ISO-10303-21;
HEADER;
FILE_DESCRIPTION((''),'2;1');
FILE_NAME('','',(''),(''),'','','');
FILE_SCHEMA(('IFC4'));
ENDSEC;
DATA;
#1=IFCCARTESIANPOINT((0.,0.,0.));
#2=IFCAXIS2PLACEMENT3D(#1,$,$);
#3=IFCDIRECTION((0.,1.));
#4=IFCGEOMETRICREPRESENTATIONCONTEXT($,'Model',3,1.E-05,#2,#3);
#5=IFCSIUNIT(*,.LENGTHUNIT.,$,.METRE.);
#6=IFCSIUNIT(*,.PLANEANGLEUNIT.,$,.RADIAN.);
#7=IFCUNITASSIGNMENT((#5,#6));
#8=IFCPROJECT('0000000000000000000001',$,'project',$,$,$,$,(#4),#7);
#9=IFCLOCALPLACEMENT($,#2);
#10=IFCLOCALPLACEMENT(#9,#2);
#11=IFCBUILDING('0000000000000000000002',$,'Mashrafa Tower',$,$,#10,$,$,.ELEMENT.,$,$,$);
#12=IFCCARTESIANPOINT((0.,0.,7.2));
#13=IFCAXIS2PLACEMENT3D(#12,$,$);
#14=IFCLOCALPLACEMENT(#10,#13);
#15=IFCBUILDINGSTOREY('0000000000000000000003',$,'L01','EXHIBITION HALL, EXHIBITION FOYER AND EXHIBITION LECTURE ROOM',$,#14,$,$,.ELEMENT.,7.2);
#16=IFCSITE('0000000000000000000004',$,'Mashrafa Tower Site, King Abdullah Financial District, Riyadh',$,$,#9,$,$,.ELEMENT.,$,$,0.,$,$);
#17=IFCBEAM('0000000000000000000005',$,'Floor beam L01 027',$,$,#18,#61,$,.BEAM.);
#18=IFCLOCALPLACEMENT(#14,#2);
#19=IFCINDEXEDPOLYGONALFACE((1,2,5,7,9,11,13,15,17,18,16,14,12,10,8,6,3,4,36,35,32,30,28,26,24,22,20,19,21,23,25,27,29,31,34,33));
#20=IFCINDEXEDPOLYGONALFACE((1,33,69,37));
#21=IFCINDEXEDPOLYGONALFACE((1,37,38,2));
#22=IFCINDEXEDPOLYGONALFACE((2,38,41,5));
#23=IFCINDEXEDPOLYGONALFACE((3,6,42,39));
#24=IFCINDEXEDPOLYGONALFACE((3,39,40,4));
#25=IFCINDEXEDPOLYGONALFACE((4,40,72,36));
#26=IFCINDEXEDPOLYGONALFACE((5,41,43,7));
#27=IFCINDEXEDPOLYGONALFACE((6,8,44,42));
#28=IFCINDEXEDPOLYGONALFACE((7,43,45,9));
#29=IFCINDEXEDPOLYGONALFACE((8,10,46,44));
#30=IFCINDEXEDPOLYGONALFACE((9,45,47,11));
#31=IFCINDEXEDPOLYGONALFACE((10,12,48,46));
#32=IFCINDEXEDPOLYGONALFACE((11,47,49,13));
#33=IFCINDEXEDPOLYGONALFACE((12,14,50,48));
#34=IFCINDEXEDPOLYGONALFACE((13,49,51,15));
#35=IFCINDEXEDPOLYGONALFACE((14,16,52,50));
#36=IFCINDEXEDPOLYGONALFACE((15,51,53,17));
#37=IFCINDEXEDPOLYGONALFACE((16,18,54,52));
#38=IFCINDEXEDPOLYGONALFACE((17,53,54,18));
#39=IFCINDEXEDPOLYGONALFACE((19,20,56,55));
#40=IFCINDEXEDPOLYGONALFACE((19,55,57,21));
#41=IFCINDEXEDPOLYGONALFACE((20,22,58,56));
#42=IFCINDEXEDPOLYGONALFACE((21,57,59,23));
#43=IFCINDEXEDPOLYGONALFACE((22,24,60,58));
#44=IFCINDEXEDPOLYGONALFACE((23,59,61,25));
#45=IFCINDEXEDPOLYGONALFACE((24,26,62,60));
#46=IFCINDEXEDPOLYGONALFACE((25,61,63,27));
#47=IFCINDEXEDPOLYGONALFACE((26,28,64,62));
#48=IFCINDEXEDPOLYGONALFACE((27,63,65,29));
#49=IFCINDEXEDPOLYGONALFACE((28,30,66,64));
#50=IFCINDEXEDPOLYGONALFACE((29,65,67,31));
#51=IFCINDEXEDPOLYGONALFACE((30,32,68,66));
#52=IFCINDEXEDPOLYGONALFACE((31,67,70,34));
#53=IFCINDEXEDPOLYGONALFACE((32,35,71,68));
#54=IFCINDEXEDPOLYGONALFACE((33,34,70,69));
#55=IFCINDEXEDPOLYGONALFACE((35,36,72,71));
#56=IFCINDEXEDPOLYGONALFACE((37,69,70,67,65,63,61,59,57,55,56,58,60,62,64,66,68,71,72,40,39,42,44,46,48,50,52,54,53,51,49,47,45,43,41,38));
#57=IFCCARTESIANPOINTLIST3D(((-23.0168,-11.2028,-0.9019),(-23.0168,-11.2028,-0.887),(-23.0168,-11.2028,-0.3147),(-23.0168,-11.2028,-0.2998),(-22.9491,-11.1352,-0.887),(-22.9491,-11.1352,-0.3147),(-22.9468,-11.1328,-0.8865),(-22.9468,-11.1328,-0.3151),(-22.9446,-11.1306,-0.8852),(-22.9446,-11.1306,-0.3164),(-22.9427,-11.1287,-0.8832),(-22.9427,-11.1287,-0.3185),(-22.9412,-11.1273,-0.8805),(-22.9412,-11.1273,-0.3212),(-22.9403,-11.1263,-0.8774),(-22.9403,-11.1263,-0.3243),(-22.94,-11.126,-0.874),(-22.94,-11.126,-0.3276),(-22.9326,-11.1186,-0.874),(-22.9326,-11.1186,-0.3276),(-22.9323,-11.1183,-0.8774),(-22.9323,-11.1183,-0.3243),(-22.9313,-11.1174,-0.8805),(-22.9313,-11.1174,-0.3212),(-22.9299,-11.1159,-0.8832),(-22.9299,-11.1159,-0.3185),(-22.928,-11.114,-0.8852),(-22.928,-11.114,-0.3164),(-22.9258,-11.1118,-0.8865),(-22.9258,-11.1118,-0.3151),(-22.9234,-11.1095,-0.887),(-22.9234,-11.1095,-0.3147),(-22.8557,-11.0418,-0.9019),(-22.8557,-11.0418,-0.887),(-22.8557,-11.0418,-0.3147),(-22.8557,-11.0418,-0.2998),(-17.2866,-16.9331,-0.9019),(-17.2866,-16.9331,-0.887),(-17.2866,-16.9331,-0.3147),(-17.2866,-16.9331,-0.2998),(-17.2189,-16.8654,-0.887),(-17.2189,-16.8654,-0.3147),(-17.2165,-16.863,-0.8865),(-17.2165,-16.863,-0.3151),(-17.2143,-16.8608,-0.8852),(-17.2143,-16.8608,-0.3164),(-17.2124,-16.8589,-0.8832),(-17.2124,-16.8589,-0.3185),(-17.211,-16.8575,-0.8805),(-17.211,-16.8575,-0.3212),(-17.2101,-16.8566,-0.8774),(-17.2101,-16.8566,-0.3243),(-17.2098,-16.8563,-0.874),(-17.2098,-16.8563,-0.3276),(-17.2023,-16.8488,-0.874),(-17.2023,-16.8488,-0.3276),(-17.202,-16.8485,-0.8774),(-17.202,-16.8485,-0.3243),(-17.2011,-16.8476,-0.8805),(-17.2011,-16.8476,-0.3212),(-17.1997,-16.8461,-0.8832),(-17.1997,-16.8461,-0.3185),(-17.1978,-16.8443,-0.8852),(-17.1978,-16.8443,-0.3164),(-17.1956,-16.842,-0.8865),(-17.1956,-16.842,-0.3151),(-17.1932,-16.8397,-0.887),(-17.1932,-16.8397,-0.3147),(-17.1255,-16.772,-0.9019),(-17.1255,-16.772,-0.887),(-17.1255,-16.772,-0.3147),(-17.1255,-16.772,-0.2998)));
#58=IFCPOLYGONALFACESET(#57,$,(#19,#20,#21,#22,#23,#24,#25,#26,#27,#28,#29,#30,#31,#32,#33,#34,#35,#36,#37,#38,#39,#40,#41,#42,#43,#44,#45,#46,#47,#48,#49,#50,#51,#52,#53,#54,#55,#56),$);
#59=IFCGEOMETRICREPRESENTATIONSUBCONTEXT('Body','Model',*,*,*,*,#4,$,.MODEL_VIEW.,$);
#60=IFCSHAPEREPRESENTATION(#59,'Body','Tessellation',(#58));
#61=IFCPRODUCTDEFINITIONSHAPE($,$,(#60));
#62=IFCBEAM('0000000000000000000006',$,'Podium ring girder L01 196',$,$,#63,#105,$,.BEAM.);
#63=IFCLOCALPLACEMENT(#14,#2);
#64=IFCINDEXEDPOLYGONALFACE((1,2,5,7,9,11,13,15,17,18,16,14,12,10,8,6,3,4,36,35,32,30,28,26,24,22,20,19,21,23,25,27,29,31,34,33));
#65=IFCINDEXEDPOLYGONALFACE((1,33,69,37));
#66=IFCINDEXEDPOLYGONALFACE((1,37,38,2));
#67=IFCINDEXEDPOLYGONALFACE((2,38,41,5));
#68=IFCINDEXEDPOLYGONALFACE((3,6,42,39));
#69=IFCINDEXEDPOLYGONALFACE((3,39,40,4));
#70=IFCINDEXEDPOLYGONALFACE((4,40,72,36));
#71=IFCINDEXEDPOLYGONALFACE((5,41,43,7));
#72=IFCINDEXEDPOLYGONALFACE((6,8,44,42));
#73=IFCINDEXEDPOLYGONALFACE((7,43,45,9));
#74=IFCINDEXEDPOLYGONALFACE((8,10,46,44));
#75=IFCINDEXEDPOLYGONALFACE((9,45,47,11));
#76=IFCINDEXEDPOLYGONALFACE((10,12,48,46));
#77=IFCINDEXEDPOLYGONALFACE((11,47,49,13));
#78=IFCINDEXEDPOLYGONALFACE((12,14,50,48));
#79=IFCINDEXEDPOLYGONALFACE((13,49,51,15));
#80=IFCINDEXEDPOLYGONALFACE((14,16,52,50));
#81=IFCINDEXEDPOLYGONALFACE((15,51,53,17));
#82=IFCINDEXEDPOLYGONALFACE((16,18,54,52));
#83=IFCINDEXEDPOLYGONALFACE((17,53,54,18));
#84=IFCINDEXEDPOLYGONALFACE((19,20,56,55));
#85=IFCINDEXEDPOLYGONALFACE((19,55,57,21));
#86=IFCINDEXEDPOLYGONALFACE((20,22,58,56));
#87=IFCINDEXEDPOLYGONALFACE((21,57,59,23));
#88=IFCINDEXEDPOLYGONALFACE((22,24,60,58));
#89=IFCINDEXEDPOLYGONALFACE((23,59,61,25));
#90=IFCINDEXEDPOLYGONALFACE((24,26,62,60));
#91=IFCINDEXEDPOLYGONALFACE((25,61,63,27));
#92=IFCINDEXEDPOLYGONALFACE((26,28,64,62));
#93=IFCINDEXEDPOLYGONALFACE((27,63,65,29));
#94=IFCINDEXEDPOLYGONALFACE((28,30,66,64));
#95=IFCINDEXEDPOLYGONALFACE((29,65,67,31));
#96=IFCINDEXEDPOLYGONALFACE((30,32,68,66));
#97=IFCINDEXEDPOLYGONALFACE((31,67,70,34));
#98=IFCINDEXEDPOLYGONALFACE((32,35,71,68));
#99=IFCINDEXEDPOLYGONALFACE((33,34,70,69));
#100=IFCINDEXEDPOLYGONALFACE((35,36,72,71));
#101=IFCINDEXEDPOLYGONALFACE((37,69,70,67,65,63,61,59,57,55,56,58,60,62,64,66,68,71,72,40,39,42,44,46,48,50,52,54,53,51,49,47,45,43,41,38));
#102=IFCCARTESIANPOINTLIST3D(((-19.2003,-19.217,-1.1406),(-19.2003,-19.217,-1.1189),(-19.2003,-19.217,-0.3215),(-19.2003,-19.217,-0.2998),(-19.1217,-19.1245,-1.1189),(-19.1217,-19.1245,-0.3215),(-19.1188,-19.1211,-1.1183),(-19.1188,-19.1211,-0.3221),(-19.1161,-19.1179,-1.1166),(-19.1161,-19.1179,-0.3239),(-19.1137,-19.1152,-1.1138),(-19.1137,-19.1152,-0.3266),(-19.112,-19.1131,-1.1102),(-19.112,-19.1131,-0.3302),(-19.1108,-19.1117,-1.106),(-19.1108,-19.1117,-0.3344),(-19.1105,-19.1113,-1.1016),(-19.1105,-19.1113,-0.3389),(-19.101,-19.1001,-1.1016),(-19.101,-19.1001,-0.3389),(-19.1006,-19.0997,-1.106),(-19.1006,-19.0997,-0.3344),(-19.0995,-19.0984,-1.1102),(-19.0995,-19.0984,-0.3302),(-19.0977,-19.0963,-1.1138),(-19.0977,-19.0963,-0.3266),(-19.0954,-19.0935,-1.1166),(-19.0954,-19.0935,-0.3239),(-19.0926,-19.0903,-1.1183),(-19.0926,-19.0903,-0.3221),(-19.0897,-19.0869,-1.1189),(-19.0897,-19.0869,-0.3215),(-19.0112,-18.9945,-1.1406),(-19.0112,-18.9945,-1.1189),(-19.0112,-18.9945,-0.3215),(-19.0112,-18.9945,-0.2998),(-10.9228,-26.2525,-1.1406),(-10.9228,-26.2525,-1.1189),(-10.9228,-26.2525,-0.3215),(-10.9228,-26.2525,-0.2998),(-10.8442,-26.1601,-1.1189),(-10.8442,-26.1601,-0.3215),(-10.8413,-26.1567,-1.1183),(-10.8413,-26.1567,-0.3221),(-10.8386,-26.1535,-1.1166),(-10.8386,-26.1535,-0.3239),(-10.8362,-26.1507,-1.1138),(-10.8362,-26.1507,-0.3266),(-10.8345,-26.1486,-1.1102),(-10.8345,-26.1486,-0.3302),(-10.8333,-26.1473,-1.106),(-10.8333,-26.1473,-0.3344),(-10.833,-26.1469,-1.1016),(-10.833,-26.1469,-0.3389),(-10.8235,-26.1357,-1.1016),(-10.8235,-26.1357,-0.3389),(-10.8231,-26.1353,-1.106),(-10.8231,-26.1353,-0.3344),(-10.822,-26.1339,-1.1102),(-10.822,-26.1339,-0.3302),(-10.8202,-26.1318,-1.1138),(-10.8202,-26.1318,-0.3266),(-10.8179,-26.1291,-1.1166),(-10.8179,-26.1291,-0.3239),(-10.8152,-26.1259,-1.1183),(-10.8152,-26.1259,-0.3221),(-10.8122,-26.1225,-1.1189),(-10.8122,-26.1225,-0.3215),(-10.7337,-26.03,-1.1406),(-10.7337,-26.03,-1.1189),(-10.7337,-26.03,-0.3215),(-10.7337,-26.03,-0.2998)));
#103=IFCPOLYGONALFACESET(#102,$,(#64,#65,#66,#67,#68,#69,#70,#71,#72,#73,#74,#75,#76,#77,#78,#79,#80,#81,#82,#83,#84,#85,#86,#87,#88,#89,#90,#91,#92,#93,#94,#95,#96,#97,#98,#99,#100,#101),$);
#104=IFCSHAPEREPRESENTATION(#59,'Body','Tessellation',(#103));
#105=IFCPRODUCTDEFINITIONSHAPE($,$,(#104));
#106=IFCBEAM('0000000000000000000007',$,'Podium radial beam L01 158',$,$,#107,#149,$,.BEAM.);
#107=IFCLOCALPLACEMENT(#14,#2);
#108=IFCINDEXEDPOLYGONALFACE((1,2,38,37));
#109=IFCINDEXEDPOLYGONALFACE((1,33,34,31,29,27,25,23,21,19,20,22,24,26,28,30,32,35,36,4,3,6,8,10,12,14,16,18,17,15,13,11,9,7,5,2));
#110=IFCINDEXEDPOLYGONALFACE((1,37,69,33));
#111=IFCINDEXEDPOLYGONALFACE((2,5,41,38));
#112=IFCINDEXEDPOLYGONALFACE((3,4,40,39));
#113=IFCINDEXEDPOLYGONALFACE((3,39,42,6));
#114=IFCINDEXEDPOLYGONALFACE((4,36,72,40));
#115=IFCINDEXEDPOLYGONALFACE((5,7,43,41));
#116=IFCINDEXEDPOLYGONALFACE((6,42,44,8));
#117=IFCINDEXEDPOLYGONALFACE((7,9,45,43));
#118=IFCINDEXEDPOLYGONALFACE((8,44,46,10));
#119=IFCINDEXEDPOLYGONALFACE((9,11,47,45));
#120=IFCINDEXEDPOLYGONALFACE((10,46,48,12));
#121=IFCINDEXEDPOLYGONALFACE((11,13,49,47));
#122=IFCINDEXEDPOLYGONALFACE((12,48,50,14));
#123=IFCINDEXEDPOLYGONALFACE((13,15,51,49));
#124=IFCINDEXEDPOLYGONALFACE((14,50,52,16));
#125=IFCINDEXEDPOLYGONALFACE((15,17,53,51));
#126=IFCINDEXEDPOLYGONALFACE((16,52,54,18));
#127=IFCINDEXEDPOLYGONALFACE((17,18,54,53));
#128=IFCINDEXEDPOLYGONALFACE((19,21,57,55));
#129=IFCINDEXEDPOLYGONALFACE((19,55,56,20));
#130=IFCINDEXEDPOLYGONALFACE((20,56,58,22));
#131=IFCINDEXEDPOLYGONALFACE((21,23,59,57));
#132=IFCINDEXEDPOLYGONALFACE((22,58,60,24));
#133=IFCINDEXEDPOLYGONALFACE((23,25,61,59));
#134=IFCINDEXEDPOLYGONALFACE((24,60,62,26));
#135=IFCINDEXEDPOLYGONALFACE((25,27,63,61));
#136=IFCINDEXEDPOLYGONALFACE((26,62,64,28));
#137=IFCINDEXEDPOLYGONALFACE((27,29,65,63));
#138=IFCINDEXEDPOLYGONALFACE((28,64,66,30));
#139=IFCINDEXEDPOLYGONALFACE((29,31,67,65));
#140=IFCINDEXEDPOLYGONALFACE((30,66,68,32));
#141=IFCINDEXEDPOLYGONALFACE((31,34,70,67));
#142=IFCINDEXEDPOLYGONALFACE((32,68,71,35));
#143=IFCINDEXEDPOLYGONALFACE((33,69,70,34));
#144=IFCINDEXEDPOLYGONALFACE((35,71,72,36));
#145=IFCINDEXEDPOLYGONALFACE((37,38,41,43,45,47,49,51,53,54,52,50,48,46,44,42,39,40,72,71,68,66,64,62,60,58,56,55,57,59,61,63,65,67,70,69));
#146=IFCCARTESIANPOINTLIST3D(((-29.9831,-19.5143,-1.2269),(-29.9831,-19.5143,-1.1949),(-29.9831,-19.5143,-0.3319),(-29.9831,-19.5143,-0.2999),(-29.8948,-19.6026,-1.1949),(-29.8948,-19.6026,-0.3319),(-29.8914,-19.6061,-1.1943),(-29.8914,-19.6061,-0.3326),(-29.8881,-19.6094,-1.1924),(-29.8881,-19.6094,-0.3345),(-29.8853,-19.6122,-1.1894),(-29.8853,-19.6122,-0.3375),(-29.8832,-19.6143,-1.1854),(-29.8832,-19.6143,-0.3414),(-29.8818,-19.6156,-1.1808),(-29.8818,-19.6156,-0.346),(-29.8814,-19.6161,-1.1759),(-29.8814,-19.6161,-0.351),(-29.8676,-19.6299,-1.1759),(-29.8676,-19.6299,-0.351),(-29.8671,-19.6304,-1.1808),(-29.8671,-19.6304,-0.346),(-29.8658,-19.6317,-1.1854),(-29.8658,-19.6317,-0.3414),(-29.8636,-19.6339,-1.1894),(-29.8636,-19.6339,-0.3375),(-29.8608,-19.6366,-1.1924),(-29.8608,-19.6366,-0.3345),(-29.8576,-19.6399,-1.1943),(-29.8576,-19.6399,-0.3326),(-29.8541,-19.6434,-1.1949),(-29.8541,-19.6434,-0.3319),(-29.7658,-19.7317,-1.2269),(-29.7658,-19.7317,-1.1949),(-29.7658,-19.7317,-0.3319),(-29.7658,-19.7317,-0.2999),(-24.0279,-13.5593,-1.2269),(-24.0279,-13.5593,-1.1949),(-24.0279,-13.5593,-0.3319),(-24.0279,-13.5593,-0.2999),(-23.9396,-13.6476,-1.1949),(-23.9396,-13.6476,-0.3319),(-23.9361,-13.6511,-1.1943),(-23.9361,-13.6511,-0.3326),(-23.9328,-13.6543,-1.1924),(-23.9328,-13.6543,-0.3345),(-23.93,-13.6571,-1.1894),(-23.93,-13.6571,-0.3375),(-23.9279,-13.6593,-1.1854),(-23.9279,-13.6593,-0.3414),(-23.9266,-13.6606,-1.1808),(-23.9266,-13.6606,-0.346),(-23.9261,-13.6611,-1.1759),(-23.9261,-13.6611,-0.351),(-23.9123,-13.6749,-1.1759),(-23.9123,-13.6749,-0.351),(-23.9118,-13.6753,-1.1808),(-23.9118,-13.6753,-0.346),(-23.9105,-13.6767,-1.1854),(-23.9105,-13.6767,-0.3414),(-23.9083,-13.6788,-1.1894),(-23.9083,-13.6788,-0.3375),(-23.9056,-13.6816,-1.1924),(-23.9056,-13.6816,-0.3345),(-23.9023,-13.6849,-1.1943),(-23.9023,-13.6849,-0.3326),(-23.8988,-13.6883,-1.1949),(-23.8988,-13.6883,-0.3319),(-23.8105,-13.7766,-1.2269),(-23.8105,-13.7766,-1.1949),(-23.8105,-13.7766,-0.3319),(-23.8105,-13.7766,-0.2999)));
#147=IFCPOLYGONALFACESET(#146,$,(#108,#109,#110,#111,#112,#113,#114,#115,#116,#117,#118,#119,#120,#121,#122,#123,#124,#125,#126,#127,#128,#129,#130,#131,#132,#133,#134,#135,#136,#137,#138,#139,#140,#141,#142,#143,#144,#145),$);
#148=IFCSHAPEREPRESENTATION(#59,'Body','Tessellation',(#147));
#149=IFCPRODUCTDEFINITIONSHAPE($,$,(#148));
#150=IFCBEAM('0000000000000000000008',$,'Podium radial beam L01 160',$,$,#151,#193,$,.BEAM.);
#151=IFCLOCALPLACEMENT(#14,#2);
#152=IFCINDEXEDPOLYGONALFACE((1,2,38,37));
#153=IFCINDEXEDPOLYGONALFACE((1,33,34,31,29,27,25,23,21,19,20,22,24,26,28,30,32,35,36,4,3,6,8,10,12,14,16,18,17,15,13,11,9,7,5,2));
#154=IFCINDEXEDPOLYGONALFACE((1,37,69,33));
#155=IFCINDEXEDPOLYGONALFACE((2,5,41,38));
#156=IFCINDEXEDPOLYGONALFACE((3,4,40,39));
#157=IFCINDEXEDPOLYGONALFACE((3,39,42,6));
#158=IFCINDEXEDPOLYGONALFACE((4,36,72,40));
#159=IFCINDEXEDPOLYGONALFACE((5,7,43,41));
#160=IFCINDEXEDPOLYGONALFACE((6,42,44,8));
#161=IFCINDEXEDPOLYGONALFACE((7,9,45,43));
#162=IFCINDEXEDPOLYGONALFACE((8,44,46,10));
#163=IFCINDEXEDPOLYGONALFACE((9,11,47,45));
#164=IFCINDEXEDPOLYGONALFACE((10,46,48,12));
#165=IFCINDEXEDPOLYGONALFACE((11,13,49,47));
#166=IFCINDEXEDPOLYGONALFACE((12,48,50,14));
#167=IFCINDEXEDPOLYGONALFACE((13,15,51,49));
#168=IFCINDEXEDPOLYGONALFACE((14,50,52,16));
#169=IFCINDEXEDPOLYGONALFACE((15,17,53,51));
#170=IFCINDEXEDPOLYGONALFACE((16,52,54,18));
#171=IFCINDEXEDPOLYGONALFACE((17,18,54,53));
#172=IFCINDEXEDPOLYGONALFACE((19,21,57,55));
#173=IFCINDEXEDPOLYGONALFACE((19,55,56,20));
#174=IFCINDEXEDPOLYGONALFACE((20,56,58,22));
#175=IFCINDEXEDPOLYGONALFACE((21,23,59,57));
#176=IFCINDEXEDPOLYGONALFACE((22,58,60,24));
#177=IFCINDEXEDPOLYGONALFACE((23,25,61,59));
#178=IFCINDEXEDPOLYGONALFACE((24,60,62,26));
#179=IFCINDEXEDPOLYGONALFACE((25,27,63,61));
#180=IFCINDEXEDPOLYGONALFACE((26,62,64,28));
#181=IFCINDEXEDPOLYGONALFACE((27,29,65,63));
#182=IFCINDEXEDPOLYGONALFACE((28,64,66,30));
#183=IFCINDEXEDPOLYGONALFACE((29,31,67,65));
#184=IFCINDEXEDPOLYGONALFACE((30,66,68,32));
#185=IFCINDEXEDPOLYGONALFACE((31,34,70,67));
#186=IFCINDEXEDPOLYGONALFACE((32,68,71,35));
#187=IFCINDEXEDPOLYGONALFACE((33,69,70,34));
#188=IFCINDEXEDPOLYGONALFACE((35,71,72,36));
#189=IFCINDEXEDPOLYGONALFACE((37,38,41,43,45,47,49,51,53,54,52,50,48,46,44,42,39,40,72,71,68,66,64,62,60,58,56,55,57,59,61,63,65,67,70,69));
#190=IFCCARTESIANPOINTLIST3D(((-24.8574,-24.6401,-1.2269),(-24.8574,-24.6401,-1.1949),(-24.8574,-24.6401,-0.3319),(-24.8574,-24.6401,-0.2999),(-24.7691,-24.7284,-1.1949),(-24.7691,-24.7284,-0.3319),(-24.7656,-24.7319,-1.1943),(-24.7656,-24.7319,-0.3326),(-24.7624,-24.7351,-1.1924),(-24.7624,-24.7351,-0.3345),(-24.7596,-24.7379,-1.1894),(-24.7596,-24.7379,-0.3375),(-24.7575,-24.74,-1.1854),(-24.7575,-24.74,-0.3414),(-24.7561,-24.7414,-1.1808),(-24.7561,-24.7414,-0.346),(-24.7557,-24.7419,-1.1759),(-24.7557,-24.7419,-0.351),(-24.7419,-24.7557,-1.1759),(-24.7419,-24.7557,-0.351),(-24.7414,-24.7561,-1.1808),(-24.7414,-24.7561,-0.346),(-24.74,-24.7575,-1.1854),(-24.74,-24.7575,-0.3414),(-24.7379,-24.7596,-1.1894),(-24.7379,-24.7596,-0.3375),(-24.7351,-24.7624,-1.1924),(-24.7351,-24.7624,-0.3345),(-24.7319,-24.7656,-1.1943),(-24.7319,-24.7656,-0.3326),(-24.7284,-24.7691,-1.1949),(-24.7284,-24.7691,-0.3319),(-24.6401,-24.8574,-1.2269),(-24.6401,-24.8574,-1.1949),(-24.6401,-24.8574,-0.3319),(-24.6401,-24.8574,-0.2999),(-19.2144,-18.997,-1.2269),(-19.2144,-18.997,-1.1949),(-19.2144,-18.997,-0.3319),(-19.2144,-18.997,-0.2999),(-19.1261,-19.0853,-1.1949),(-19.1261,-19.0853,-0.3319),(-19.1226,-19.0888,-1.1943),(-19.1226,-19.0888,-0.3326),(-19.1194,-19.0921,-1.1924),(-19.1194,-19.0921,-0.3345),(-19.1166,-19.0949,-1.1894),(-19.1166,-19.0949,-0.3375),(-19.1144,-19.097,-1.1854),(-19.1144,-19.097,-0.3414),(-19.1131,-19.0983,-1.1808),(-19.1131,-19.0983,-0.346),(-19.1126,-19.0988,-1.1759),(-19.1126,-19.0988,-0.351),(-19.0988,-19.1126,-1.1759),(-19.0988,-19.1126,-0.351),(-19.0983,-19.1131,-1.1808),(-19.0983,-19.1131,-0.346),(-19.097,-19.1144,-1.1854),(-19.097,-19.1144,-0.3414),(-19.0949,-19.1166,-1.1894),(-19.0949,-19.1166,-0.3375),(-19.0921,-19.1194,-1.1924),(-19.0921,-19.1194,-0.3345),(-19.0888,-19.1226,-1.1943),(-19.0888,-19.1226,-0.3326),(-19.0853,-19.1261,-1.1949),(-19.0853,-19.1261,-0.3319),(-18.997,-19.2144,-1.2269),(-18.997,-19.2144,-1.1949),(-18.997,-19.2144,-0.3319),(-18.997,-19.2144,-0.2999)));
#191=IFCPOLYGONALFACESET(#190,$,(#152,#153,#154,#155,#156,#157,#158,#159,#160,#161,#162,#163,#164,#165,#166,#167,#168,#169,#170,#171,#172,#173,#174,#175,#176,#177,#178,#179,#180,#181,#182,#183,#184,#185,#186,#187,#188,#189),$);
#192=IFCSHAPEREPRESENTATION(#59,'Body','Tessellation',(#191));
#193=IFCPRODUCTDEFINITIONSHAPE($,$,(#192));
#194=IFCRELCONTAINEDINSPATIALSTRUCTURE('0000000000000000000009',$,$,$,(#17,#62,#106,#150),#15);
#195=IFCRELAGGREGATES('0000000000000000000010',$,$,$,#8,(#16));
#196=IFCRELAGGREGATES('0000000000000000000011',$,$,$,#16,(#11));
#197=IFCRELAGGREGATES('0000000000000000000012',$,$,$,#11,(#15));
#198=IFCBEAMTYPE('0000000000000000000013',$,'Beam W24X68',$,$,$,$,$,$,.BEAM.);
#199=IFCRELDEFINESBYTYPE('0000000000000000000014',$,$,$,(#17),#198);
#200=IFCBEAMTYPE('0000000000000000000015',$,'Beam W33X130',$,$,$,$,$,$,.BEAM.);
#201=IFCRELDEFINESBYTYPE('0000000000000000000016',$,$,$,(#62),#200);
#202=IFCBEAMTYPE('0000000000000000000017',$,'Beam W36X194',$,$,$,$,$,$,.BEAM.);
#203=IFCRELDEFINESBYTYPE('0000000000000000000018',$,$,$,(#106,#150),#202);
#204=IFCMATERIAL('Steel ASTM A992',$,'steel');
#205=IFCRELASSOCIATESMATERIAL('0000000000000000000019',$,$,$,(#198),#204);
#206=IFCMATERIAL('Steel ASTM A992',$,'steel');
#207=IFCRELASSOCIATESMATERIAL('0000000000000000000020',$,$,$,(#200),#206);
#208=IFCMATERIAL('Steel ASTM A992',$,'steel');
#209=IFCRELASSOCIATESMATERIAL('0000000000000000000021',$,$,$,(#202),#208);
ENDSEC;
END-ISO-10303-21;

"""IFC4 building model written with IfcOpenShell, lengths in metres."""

from ifc_helpers import new_model, si_unit, direction, frame, origin, origin_2d, place, context, subcontext, project, spatial, i_section, extrude, material, material_profile, profile_set, type_object, element, save


model = new_model("IFC4")

# Units and contexts
model_context = context("Model", 3, precision=1e-05, world=origin(), true_north=direction((0.0, 1.0)))
body_context = subcontext(model_context, "Body", "Model", "MODEL_VIEW")
ifc_project = project(units=[si_unit("LENGTHUNIT", "METRE"), si_unit("PLANEANGLEUNIT", "RADIAN")], contexts=[model_context])

# Site, building, storey
site_placement = place(None, origin())
site = spatial("IfcSite", under=ifc_project, at=site_placement, Name="Mashrafa Tower Site, King Abdullah Financial District, Riyadh", CompositionType="ELEMENT", RefElevation=0.0)
building_placement = place(site_placement, origin())
building = spatial("IfcBuilding", under=site, at=building_placement, Name="Mashrafa Tower", CompositionType="ELEMENT")
storey_placement = place(building_placement, frame((0.0, 0.0, 7.2)))
storey = spatial("IfcBuildingStorey", under=building, at=storey_placement, Name="L01", Description="EXHIBITION HALL, EXHIBITION FOYER AND EXHIBITION LECTURE ROOM", CompositionType="ELEMENT", Elevation=7.2)

# Beams
ifc_material_1 = material(Name="Steel ASTM A992", Category="steel")
ifc_material_profile_1 = material_profile(ifc_material_1, i_section(OverallWidth=0.2278, OverallDepth=0.6021, WebThickness=0.0105, FlangeThickness=0.0149, FilletRadius=0.0129, at=origin_2d()), Name="W24X68")
ifc_profile_set_1 = profile_set([ifc_material_profile_1], Name="Steel ASTM A992")
beam_type_1 = type_object("IfcBeamType", Name="Beam W24X68", PredefinedType="BEAM", material=ifc_profile_set_1)
beam_1_placement = place(storey_placement, frame((-17.2061, -16.8525, -0.6008), z_axis=(-0.707107, 0.707107, 0.0), x_axis=(-0.707107, -0.707107, 0.0)))
element("IfcBeam", 1, at=beam_1_placement, inside=storey, type_object=beam_type_1, Name="Floor beam L01 027", PredefinedType="BEAM", context=body_context, shape_type="SweptSolid", body=[
    extrude(i_section(OverallWidth=0.2278, OverallDepth=0.6021, WebThickness=0.0105, FlangeThickness=0.0149, FilletRadius=0.0129, at=origin_2d()), origin(), (0.0, 0.0, 1.0), 8.1038),
])
ifc_material_2 = material(Name="Steel ASTM A992", Category="steel")
ifc_material_profile_2 = material_profile(ifc_material_2, i_section(OverallWidth=0.292, OverallDepth=0.8408, WebThickness=0.0146, FlangeThickness=0.0217, FilletRadius=0.0173, at=origin_2d()), Name="W33X130")
ifc_profile_set_2 = profile_set([ifc_material_profile_2], Name="Steel ASTM A992")
beam_type_2 = type_object("IfcBeamType", Name="Beam W33X130", PredefinedType="BEAM", material=ifc_profile_set_2)
beam_2_placement = place(storey_placement, frame((-19.1057, -19.1057, -0.7202), z_axis=(0.761953, -0.647632, 0.0), x_axis=(0.647632, 0.761953, 0.0)))
element("IfcBeam", 2, at=beam_2_placement, inside=storey, type_object=beam_type_2, Name="Podium ring girder L01 196", PredefinedType="BEAM", context=body_context, shape_type="SweptSolid", body=[
    extrude(i_section(OverallWidth=0.292, OverallDepth=0.8408, WebThickness=0.0146, FlangeThickness=0.0217, FilletRadius=0.0173, at=origin_2d()), origin(), (0.0, 0.0, 1.0), 10.8635),
])
ifc_material_3 = material(Name="Steel ASTM A992", Category="steel")
ifc_material_profile_3 = material_profile(ifc_material_3, i_section(OverallWidth=0.3074, OverallDepth=0.927, WebThickness=0.0195, FlangeThickness=0.032, FilletRadius=0.019, at=origin_2d()), Name="W36X194")
ifc_profile_set_3 = profile_set([ifc_material_profile_3], Name="Steel ASTM A992")
beam_type_3 = type_object("IfcBeamType", Name="Beam W36X194", PredefinedType="BEAM", material=ifc_profile_set_3)
beam_3_placement = place(storey_placement, frame((-23.9192, -13.668, -0.7634), z_axis=(-0.707121, -0.707092, 0.0), x_axis=(0.707092, -0.707121, 0.0)))
element("IfcBeam", 3, at=beam_3_placement, inside=storey, type_object=beam_type_3, Name="Podium radial beam L01 158", PredefinedType="BEAM", context=body_context, shape_type="SweptSolid", body=[
    extrude(i_section(OverallWidth=0.3074, OverallDepth=0.927, WebThickness=0.0195, FlangeThickness=0.032, FilletRadius=0.019, at=origin_2d()), origin(), (0.0, 0.0, 1.0), 8.4219),
])
beam_4_placement = place(storey_placement, frame((-19.1057, -19.1057, -0.7634), z_axis=(-0.707107, -0.707107, 0.0), x_axis=(0.707107, -0.707107, 0.0)))
element("IfcBeam", 4, at=beam_4_placement, inside=storey, type_object=beam_type_3, Name="Podium radial beam L01 160", PredefinedType="BEAM", context=body_context, shape_type="SweptSolid", body=[
    extrude(i_section(OverallWidth=0.3074, OverallDepth=0.927, WebThickness=0.0195, FlangeThickness=0.032, FilletRadius=0.019, at=origin_2d()), origin(), (0.0, 0.0, 1.0), 7.9805),
])

save(model, "model.ifc")
